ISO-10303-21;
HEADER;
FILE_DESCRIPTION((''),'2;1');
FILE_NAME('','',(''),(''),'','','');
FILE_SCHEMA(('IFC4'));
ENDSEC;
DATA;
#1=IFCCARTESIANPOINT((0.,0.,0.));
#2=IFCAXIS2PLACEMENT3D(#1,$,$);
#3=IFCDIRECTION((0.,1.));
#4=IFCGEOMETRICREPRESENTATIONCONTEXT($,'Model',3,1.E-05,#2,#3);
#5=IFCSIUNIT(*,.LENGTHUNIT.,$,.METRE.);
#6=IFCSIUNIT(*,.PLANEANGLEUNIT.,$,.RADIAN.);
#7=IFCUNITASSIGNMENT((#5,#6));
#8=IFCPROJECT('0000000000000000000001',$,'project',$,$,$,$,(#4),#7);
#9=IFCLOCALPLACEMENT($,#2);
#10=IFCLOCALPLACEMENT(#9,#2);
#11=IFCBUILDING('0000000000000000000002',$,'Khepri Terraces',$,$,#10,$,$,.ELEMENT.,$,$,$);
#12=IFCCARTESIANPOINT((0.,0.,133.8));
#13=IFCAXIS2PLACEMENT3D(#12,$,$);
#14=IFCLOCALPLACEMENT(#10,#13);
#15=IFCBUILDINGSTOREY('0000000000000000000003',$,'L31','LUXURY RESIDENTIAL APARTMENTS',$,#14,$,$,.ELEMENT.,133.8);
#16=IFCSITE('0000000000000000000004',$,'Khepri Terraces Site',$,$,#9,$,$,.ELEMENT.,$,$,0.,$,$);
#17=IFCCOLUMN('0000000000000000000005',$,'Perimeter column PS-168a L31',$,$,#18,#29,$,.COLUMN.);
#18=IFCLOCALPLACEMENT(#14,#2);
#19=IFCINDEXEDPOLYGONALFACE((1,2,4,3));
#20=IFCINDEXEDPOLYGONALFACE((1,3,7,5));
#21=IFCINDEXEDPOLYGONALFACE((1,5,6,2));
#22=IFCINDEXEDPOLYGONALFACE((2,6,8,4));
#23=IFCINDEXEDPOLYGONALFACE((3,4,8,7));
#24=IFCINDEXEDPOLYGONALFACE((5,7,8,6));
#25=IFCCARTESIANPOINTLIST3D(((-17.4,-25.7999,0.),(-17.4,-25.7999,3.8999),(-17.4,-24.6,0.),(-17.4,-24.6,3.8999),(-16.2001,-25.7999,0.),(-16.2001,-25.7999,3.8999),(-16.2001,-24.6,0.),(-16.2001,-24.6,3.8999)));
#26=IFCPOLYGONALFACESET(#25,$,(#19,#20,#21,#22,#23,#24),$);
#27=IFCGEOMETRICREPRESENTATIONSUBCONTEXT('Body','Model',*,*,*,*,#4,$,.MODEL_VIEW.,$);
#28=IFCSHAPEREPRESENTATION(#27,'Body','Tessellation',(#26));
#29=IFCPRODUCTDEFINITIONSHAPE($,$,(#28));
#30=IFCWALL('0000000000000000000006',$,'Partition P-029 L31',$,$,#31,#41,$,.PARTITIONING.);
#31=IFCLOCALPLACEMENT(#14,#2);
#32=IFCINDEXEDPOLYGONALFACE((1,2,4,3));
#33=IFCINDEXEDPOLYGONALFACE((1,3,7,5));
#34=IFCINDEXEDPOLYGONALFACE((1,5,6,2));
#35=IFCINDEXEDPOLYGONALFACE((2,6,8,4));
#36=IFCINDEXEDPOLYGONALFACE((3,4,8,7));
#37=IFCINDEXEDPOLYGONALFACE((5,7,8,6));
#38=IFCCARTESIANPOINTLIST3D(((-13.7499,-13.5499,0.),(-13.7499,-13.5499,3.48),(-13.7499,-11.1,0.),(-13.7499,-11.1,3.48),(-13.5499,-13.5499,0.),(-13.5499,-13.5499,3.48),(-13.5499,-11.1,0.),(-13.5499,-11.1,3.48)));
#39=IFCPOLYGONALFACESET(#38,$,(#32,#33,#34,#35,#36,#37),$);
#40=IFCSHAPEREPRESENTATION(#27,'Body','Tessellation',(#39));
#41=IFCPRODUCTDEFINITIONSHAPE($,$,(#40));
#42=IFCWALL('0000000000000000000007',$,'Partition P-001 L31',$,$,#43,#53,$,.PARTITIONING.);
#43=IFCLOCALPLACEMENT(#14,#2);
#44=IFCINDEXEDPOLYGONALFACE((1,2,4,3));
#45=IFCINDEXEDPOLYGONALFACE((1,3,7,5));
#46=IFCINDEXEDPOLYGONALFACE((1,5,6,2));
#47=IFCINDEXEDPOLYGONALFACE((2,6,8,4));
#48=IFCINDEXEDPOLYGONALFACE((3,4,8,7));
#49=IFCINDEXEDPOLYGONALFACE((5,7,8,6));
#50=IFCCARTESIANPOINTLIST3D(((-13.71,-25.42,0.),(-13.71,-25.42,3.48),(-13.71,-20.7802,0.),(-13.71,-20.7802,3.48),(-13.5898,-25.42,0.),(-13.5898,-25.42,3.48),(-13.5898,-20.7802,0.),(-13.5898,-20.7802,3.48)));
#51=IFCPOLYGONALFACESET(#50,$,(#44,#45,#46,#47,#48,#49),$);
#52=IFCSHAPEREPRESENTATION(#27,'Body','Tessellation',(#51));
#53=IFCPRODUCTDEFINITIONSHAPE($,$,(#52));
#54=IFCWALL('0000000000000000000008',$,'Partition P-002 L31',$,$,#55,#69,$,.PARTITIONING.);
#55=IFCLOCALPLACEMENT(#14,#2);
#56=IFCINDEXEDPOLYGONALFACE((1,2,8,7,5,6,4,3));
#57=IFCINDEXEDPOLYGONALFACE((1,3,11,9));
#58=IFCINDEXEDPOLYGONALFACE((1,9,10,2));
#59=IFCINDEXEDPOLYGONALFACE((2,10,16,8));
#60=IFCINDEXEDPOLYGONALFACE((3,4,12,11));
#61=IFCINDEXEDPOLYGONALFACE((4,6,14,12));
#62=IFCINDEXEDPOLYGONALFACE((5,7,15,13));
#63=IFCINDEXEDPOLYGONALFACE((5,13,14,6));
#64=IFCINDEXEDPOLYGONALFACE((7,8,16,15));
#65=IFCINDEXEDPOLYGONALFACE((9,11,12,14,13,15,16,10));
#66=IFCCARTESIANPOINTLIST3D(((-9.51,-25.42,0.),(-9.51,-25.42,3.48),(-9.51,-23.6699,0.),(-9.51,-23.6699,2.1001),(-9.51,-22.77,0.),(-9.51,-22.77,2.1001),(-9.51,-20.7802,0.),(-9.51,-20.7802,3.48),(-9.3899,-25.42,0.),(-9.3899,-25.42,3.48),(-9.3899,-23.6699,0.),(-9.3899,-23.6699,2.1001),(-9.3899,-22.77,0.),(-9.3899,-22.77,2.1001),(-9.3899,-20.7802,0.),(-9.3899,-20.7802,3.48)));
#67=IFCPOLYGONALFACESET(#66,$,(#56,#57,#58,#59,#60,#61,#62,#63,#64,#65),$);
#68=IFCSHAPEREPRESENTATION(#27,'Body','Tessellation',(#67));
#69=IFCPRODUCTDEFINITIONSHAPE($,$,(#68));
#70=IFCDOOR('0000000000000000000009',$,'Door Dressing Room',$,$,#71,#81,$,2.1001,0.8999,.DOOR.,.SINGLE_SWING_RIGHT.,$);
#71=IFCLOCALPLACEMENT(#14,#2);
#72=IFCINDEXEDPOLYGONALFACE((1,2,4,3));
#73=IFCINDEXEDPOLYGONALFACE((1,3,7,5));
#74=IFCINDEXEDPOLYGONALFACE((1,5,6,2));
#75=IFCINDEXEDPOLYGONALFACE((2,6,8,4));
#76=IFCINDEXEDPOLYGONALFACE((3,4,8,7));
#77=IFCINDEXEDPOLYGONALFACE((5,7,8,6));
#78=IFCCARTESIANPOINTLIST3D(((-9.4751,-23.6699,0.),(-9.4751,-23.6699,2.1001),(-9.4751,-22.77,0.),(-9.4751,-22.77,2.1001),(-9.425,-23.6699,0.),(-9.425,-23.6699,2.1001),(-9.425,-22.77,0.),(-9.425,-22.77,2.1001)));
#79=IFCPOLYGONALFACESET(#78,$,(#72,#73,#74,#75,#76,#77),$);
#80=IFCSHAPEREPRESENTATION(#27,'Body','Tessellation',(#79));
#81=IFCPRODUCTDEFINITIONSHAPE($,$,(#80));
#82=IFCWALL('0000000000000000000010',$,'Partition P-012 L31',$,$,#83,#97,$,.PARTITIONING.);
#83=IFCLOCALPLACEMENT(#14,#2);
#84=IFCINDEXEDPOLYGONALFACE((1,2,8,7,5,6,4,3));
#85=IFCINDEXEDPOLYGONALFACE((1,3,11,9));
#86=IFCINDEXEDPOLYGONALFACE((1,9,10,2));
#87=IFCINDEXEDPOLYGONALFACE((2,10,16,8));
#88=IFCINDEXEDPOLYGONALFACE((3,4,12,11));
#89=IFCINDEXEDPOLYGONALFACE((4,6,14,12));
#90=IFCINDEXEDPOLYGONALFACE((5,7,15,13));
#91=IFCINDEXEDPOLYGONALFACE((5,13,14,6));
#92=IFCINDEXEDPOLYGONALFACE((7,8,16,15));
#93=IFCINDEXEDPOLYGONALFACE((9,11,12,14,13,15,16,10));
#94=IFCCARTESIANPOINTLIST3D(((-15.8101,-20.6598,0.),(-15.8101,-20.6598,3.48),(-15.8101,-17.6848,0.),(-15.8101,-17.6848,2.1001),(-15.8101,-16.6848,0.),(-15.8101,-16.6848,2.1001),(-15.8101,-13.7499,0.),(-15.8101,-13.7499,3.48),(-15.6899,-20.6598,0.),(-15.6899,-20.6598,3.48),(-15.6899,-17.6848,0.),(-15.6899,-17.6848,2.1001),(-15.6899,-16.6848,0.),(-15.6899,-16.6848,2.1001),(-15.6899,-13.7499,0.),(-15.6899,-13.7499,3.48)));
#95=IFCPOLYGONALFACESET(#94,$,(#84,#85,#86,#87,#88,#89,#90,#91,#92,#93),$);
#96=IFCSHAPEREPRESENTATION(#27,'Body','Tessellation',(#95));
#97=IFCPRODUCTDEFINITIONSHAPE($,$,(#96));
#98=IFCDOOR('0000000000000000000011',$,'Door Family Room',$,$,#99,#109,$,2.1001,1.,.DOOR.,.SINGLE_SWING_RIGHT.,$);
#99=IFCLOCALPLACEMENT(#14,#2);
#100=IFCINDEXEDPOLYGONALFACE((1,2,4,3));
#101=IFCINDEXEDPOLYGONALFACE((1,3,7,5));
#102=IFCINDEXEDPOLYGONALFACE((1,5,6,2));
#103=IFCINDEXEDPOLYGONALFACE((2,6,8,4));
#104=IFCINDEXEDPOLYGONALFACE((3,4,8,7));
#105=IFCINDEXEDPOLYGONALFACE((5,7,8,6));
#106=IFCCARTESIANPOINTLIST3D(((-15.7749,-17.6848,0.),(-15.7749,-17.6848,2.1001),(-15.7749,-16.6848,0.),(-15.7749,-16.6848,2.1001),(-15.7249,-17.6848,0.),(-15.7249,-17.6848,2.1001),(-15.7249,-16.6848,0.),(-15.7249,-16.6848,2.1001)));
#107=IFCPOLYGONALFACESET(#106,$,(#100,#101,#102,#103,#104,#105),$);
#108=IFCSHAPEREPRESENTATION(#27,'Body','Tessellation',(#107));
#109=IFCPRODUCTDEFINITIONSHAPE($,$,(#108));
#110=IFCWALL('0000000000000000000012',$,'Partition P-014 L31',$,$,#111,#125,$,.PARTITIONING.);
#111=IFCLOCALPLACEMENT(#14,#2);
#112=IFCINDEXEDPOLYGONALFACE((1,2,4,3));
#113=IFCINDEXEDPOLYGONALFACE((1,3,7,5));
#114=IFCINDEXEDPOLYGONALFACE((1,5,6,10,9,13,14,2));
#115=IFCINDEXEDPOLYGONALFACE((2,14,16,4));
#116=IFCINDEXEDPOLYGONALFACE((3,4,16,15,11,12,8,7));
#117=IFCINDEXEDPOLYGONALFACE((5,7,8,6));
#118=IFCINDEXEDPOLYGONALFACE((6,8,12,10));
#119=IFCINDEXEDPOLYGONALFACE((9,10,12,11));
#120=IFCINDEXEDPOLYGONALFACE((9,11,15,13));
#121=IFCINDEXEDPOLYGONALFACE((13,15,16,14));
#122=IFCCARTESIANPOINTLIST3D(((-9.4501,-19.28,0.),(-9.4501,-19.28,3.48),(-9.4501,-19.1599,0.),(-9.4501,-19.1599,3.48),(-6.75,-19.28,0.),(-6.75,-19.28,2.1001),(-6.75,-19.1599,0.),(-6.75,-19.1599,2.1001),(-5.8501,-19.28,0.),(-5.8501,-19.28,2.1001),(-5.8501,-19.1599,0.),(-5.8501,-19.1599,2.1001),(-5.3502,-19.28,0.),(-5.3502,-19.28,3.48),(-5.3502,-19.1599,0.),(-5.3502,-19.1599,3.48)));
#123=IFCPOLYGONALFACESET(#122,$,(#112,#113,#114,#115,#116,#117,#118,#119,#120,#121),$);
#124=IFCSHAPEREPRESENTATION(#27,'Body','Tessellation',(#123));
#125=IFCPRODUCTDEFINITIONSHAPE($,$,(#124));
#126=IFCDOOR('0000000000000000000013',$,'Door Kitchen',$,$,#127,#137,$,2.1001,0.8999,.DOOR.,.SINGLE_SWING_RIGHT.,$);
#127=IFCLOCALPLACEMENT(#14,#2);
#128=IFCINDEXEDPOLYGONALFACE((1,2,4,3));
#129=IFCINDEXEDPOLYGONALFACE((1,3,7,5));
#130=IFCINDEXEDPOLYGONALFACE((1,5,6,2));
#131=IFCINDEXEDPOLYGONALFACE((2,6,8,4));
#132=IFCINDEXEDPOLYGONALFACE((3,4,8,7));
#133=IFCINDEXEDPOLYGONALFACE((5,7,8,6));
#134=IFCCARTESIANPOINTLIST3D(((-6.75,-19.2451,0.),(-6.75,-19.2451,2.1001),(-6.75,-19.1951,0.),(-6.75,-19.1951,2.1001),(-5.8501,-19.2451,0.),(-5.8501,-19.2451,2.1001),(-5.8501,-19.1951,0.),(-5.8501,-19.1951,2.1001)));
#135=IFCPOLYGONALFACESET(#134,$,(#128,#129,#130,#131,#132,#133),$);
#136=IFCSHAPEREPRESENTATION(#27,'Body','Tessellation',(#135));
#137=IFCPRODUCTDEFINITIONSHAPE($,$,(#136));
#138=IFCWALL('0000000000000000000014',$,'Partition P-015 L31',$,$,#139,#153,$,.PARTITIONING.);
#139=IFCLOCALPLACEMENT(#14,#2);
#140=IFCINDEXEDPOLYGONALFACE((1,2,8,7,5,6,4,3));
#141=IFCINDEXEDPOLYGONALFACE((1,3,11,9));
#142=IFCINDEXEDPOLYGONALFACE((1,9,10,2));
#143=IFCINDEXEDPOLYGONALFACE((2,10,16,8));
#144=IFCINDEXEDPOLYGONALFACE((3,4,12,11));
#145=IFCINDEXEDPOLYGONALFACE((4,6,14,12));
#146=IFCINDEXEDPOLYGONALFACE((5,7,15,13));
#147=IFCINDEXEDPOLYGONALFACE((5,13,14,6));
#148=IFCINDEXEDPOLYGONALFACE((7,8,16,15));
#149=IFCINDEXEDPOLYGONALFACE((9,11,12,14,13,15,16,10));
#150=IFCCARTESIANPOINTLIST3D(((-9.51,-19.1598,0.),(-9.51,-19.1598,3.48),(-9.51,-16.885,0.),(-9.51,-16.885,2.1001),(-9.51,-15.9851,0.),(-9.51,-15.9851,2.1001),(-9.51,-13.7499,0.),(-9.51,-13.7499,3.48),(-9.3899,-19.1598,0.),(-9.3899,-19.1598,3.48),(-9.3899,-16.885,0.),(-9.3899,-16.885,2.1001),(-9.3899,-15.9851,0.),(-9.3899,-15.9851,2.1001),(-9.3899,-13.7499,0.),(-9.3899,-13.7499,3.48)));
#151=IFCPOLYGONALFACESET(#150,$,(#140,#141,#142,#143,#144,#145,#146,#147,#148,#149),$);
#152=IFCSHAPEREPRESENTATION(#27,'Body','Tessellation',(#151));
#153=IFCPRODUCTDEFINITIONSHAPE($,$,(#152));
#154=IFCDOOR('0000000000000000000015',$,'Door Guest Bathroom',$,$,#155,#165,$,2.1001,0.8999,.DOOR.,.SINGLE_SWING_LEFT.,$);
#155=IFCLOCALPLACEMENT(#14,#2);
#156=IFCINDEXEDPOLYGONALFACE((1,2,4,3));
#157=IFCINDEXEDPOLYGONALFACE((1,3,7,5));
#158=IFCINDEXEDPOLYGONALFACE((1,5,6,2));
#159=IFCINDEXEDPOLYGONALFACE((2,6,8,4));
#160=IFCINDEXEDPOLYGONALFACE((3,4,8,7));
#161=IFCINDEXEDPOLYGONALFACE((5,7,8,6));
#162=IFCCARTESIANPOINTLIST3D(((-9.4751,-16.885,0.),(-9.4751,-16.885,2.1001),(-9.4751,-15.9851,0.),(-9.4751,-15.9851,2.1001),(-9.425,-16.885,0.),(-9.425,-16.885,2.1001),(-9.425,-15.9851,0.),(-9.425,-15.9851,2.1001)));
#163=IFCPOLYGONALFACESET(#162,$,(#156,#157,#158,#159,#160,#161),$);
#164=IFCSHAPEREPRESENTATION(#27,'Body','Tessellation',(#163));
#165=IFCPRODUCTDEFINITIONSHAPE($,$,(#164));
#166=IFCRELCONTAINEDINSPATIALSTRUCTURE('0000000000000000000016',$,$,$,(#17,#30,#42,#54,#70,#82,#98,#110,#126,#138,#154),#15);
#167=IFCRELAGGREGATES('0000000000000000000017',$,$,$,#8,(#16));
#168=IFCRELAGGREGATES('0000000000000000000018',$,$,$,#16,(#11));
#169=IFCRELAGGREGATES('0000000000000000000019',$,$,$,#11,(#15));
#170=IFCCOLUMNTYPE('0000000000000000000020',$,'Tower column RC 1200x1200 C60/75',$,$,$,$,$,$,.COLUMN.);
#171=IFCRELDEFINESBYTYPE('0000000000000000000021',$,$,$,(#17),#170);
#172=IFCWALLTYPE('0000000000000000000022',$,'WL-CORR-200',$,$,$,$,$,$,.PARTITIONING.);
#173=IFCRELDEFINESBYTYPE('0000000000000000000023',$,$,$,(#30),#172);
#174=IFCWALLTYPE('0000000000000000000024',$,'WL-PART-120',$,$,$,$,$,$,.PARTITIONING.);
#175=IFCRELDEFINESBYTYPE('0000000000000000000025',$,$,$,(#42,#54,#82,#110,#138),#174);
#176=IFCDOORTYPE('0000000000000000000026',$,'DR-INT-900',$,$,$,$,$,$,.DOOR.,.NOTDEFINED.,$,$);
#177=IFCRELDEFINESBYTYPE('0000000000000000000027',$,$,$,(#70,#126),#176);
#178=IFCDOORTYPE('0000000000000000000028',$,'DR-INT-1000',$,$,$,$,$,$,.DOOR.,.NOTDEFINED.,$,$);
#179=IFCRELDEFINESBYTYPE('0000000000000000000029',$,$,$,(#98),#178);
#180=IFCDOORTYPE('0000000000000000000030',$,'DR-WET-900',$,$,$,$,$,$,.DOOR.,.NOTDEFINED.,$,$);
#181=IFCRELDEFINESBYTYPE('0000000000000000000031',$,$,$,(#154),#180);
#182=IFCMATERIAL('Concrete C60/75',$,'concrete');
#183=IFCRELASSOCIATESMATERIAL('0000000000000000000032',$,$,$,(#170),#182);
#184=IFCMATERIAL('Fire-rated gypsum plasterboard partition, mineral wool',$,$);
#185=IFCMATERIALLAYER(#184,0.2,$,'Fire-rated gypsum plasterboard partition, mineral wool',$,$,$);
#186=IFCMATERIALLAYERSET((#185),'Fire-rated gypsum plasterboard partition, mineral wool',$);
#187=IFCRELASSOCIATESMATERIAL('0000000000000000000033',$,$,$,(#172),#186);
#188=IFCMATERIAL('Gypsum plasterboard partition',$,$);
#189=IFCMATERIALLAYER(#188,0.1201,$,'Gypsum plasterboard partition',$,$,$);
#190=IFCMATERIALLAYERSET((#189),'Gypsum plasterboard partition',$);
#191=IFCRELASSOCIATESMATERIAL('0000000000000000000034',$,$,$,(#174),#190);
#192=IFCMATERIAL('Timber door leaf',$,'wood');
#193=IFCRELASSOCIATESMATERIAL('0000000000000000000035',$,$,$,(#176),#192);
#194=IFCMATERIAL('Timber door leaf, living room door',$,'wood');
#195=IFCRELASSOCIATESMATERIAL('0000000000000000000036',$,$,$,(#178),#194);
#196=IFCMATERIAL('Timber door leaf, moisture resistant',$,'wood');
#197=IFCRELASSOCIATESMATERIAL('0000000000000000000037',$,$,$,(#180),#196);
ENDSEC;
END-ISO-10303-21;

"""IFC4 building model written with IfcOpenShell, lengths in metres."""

from ifc_helpers import new_model, si_unit, direction, frame, frame_2d, origin, origin_2d, place, context, subcontext, project, spatial, rectangle, extrude, material, layer, layer_set, material_profile, profile_set, type_object, element, fill, save


model = new_model("IFC4")

# Units and contexts
model_context = context("Model", 3, precision=1e-05, world=origin(), true_north=direction((0.0, 1.0)))
body_context = subcontext(model_context, "Body", "Model", "MODEL_VIEW")
ifc_project = project(units=[si_unit("LENGTHUNIT", "METRE"), si_unit("PLANEANGLEUNIT", "RADIAN")], contexts=[model_context])

# Site, building, storey
site_placement = place(None, origin())
site = spatial("IfcSite", under=ifc_project, at=site_placement, Name="Khepri Terraces Site", CompositionType="ELEMENT", RefElevation=0.0)
building_placement = place(site_placement, origin())
building = spatial("IfcBuilding", under=site, at=building_placement, Name="Khepri Terraces", CompositionType="ELEMENT")
storey_placement = place(building_placement, frame((0.0, 0.0, 133.8)))
storey = spatial("IfcBuildingStorey", under=building, at=storey_placement, Name="L31", Description="LUXURY RESIDENTIAL APARTMENTS", CompositionType="ELEMENT", Elevation=133.8)

# Column
ifc_material_1 = material(Name="Concrete C60/75", Category="concrete")
ifc_material_profile = material_profile(ifc_material_1, rectangle(XDim=1.2, YDim=1.2, at=origin_2d()), Name="Concrete C60/75", Category="concrete")
ifc_profile_set = profile_set([ifc_material_profile], Name="Concrete C60/75")
column_type = type_object("IfcColumnType", Name="Tower column RC 1200x1200 C60/75", PredefinedType="COLUMN", material=ifc_profile_set)
column_placement = place(storey_placement, frame((-16.8, -25.2, 0.0), z_axis=(0.0, 0.0, 1.0), x_axis=(1.0, 0.0, 0.0)))
element("IfcColumn", 1, at=column_placement, inside=storey, type_object=column_type, Name="Perimeter column PS-168a L31", PredefinedType="COLUMN", context=body_context, shape_type="SweptSolid", body=[
    extrude(rectangle(XDim=1.2, YDim=1.2, at=origin_2d()), origin(), (0.0, 0.0, 1.0), 3.8999),
])

# Wall
ifc_material_2 = material(Name="Fire-rated gypsum plasterboard partition, mineral wool")
ifc_layer_1 = layer(ifc_material_2, 0.2, Name="Fire-rated gypsum plasterboard partition, mineral wool")
ifc_layer_set_1 = layer_set([ifc_layer_1], Name="Fire-rated gypsum plasterboard partition, mineral wool")
wall_type_1 = type_object("IfcWallType", Name="WL-CORR-200", PredefinedType="PARTITIONING", material=ifc_layer_set_1)
wall_1_placement = place(storey_placement, frame((-13.6499, -13.55, 0.0), z_axis=(0.0, 0.0, 1.0), x_axis=(0.0, 1.0, 0.0)))
element("IfcWall", 2, at=wall_1_placement, inside=storey, type_object=wall_type_1, Name="Partition P-029 L31", PredefinedType="PARTITIONING", context=body_context, shape_type="SweptSolid", body=[
    extrude(rectangle(XDim=2.45, YDim=0.2, at=frame_2d((1.2251, 0.0))), origin(), (0.0, 0.0, 1.0), 3.48),
])

# Wall
ifc_material_3 = material(Name="Gypsum plasterboard partition")
ifc_layer_2 = layer(ifc_material_3, 0.1201, Name="Gypsum plasterboard partition")
ifc_layer_set_2 = layer_set([ifc_layer_2], Name="Gypsum plasterboard partition")
wall_type_2 = type_object("IfcWallType", Name="WL-PART-120", PredefinedType="PARTITIONING", material=ifc_layer_set_2)
wall_2_placement = place(storey_placement, frame((-13.6499, -25.4199, 0.0), z_axis=(0.0, 0.0, 1.0), x_axis=(0.0, 1.0, 0.0)))
element("IfcWall", 3, at=wall_2_placement, inside=storey, type_object=wall_type_2, Name="Partition P-001 L31", PredefinedType="PARTITIONING", context=body_context, shape_type="SweptSolid", body=[
    extrude(rectangle(XDim=4.6399, YDim=0.1201, at=frame_2d((2.3198, 0.0))), origin(), (0.0, 0.0, 1.0), 3.48),
])

# Walls, openings, doors
wall_3_placement = place(storey_placement, frame((-9.45, -25.4199, 0.0), z_axis=(0.0, 0.0, 1.0), x_axis=(0.0, 1.0, 0.0)))
wall_3 = element("IfcWall", 4, at=wall_3_placement, inside=storey, type_object=wall_type_2, Name="Partition P-002 L31", PredefinedType="PARTITIONING", context=body_context, shape_type="SweptSolid", body=[
    extrude(rectangle(XDim=4.6399, YDim=0.1201, at=frame_2d((2.3198, 0.0))), origin(), (0.0, 0.0, 1.0), 3.48),
])
opening_1_placement = place(wall_3_placement, frame((1.75, 0.0, 0.0)))
opening_1 = element("IfcOpeningElement", 5, at=opening_1_placement, cuts=wall_3, PredefinedType="OPENING", context=body_context, shape_type="SweptSolid", body=[
    extrude(rectangle(XDim=0.8999, YDim=2.1001, at=frame_2d((0.45, 1.05))), frame((0.0, 0.0701, 0.0), z_axis=(0.0, -1.0, 0.0), x_axis=(1.0, 0.0, 0.0)), (0.0, 0.0, 1.0), 0.1401),
])
ifc_material_4 = material(Name="Timber door leaf", Category="wood")
door_type_1 = type_object("IfcDoorType", Name="DR-INT-900", OperationType="NOTDEFINED", PredefinedType="DOOR", material=ifc_material_4)
door_1_placement = place(opening_1_placement, frame((0.8999, 0.0, 0.0), z_axis=(0.0, 0.0, 1.0), x_axis=(-1.0, 0.0, 0.0)))
door_1 = element("IfcDoor", 6, at=door_1_placement, inside=storey, type_object=door_type_1, Name="Door Dressing Room", OperationType="SINGLE_SWING_RIGHT", OverallHeight=2.1001, OverallWidth=0.8999, PredefinedType="DOOR", context=body_context, shape_type="SweptSolid", body=[
    extrude(rectangle(XDim=0.8999, YDim=2.1001, at=frame_2d((0.45, 1.05))), frame((0.0, 0.0249, 0.0), z_axis=(0.0, -1.0, 0.0), x_axis=(1.0, 0.0, 0.0)), (0.0, 0.0, 1.0), 0.05),
])
fill(opening_1, door_1)
wall_4_placement = place(storey_placement, frame((-15.75, -20.6599, 0.0), z_axis=(0.0, 0.0, 1.0), x_axis=(0.0, 1.0, 0.0)))
wall_4 = element("IfcWall", 7, at=wall_4_placement, inside=storey, type_object=wall_type_2, Name="Partition P-012 L31", PredefinedType="PARTITIONING", context=body_context, shape_type="SweptSolid", body=[
    extrude(rectangle(XDim=6.9099, YDim=0.1201, at=frame_2d((3.4551, 0.0))), origin(), (0.0, 0.0, 1.0), 3.48),
])
opening_2_placement = place(wall_4_placement, frame((2.9751, 0.0, 0.0)))
opening_2 = element("IfcOpeningElement", 8, at=opening_2_placement, cuts=wall_4, PredefinedType="OPENING", context=body_context, shape_type="SweptSolid", body=[
    extrude(rectangle(XDim=1.0, YDim=2.1001, at=frame_2d((0.5, 1.05))), frame((0.0, 0.0701, 0.0), z_axis=(0.0, -1.0, 0.0), x_axis=(1.0, 0.0, 0.0)), (0.0, 0.0, 1.0), 0.1401),
])
ifc_material_5 = material(Name="Timber door leaf, living room door", Category="wood")
door_type_2 = type_object("IfcDoorType", Name="DR-INT-1000", OperationType="NOTDEFINED", PredefinedType="DOOR", material=ifc_material_5)
door_2_placement = place(opening_2_placement, origin())
door_2 = element("IfcDoor", 9, at=door_2_placement, inside=storey, type_object=door_type_2, Name="Door Family Room", OperationType="SINGLE_SWING_RIGHT", OverallHeight=2.1001, OverallWidth=1.0, PredefinedType="DOOR", context=body_context, shape_type="SweptSolid", body=[
    extrude(rectangle(XDim=1.0, YDim=2.1001, at=frame_2d((0.5, 1.05))), frame((0.0, 0.0249, 0.0), z_axis=(0.0, -1.0, 0.0), x_axis=(1.0, 0.0, 0.0)), (0.0, 0.0, 1.0), 0.05),
])
fill(opening_2, door_2)
wall_5_placement = place(storey_placement, frame((-9.45, -19.22, 0.0), z_axis=(0.0, 0.0, 1.0), x_axis=(1.0, 0.0, 0.0)))
wall_5 = element("IfcWall", 10, at=wall_5_placement, inside=storey, type_object=wall_type_2, Name="Partition P-014 L31", PredefinedType="PARTITIONING", context=body_context, shape_type="SweptSolid", body=[
    extrude(rectangle(XDim=4.0999, YDim=0.1201, at=frame_2d((2.0498, 0.0))), origin(), (0.0, 0.0, 1.0), 3.48),
])
opening_3_placement = place(wall_5_placement, frame((2.7, 0.0, 0.0)))
opening_3 = element("IfcOpeningElement", 11, at=opening_3_placement, cuts=wall_5, PredefinedType="OPENING", context=body_context, shape_type="SweptSolid", body=[
    extrude(rectangle(XDim=0.8999, YDim=2.1001, at=frame_2d((0.45, 1.05))), frame((0.0, 0.0701, 0.0), z_axis=(0.0, -1.0, 0.0), x_axis=(1.0, 0.0, 0.0)), (0.0, 0.0, 1.0), 0.1401),
])
door_3_placement = place(opening_3_placement, origin())
door_3 = element("IfcDoor", 12, at=door_3_placement, inside=storey, type_object=door_type_1, Name="Door Kitchen", OperationType="SINGLE_SWING_RIGHT", OverallHeight=2.1001, OverallWidth=0.8999, PredefinedType="DOOR", context=body_context, shape_type="SweptSolid", body=[
    extrude(rectangle(XDim=0.8999, YDim=2.1001, at=frame_2d((0.45, 1.05))), frame((0.0, 0.0249, 0.0), z_axis=(0.0, -1.0, 0.0), x_axis=(1.0, 0.0, 0.0)), (0.0, 0.0, 1.0), 0.05),
])
fill(opening_3, door_3)
wall_6_placement = place(storey_placement, frame((-9.45, -19.1599, 0.0), z_axis=(0.0, 0.0, 1.0), x_axis=(0.0, 1.0, 0.0)))
wall_6 = element("IfcWall", 13, at=wall_6_placement, inside=storey, type_object=wall_type_2, Name="Partition P-015 L31", PredefinedType="PARTITIONING", context=body_context, shape_type="SweptSolid", body=[
    extrude(rectangle(XDim=5.4099, YDim=0.1201, at=frame_2d((2.7051, 0.0))), origin(), (0.0, 0.0, 1.0), 3.48),
])
opening_4_placement = place(wall_6_placement, frame((2.2749, 0.0, 0.0)))
opening_4 = element("IfcOpeningElement", 14, at=opening_4_placement, cuts=wall_6, PredefinedType="OPENING", context=body_context, shape_type="SweptSolid", body=[
    extrude(rectangle(XDim=0.8999, YDim=2.1001, at=frame_2d((0.45, 1.05))), frame((0.0, 0.0701, 0.0), z_axis=(0.0, -1.0, 0.0), x_axis=(1.0, 0.0, 0.0)), (0.0, 0.0, 1.0), 0.1401),
])
ifc_material_6 = material(Name="Timber door leaf, moisture resistant", Category="wood")
door_type_3 = type_object("IfcDoorType", Name="DR-WET-900", OperationType="NOTDEFINED", PredefinedType="DOOR", material=ifc_material_6)
door_4_placement = place(opening_4_placement, frame((0.8999, 0.0, 0.0), z_axis=(0.0, 0.0, 1.0), x_axis=(-1.0, 0.0, 0.0)))
door_4 = element("IfcDoor", 15, at=door_4_placement, inside=storey, type_object=door_type_3, Name="Door Guest Bathroom", OperationType="SINGLE_SWING_LEFT", OverallHeight=2.1001, OverallWidth=0.8999, PredefinedType="DOOR", context=body_context, shape_type="SweptSolid", body=[
    extrude(rectangle(XDim=0.8999, YDim=2.1001, at=frame_2d((0.45, 1.05))), frame((0.0, 0.0249, 0.0), z_axis=(0.0, -1.0, 0.0), x_axis=(1.0, 0.0, 0.0)), (0.0, 0.0, 1.0), 0.05),
])
fill(opening_4, door_4)

save(model, "model.ifc")
